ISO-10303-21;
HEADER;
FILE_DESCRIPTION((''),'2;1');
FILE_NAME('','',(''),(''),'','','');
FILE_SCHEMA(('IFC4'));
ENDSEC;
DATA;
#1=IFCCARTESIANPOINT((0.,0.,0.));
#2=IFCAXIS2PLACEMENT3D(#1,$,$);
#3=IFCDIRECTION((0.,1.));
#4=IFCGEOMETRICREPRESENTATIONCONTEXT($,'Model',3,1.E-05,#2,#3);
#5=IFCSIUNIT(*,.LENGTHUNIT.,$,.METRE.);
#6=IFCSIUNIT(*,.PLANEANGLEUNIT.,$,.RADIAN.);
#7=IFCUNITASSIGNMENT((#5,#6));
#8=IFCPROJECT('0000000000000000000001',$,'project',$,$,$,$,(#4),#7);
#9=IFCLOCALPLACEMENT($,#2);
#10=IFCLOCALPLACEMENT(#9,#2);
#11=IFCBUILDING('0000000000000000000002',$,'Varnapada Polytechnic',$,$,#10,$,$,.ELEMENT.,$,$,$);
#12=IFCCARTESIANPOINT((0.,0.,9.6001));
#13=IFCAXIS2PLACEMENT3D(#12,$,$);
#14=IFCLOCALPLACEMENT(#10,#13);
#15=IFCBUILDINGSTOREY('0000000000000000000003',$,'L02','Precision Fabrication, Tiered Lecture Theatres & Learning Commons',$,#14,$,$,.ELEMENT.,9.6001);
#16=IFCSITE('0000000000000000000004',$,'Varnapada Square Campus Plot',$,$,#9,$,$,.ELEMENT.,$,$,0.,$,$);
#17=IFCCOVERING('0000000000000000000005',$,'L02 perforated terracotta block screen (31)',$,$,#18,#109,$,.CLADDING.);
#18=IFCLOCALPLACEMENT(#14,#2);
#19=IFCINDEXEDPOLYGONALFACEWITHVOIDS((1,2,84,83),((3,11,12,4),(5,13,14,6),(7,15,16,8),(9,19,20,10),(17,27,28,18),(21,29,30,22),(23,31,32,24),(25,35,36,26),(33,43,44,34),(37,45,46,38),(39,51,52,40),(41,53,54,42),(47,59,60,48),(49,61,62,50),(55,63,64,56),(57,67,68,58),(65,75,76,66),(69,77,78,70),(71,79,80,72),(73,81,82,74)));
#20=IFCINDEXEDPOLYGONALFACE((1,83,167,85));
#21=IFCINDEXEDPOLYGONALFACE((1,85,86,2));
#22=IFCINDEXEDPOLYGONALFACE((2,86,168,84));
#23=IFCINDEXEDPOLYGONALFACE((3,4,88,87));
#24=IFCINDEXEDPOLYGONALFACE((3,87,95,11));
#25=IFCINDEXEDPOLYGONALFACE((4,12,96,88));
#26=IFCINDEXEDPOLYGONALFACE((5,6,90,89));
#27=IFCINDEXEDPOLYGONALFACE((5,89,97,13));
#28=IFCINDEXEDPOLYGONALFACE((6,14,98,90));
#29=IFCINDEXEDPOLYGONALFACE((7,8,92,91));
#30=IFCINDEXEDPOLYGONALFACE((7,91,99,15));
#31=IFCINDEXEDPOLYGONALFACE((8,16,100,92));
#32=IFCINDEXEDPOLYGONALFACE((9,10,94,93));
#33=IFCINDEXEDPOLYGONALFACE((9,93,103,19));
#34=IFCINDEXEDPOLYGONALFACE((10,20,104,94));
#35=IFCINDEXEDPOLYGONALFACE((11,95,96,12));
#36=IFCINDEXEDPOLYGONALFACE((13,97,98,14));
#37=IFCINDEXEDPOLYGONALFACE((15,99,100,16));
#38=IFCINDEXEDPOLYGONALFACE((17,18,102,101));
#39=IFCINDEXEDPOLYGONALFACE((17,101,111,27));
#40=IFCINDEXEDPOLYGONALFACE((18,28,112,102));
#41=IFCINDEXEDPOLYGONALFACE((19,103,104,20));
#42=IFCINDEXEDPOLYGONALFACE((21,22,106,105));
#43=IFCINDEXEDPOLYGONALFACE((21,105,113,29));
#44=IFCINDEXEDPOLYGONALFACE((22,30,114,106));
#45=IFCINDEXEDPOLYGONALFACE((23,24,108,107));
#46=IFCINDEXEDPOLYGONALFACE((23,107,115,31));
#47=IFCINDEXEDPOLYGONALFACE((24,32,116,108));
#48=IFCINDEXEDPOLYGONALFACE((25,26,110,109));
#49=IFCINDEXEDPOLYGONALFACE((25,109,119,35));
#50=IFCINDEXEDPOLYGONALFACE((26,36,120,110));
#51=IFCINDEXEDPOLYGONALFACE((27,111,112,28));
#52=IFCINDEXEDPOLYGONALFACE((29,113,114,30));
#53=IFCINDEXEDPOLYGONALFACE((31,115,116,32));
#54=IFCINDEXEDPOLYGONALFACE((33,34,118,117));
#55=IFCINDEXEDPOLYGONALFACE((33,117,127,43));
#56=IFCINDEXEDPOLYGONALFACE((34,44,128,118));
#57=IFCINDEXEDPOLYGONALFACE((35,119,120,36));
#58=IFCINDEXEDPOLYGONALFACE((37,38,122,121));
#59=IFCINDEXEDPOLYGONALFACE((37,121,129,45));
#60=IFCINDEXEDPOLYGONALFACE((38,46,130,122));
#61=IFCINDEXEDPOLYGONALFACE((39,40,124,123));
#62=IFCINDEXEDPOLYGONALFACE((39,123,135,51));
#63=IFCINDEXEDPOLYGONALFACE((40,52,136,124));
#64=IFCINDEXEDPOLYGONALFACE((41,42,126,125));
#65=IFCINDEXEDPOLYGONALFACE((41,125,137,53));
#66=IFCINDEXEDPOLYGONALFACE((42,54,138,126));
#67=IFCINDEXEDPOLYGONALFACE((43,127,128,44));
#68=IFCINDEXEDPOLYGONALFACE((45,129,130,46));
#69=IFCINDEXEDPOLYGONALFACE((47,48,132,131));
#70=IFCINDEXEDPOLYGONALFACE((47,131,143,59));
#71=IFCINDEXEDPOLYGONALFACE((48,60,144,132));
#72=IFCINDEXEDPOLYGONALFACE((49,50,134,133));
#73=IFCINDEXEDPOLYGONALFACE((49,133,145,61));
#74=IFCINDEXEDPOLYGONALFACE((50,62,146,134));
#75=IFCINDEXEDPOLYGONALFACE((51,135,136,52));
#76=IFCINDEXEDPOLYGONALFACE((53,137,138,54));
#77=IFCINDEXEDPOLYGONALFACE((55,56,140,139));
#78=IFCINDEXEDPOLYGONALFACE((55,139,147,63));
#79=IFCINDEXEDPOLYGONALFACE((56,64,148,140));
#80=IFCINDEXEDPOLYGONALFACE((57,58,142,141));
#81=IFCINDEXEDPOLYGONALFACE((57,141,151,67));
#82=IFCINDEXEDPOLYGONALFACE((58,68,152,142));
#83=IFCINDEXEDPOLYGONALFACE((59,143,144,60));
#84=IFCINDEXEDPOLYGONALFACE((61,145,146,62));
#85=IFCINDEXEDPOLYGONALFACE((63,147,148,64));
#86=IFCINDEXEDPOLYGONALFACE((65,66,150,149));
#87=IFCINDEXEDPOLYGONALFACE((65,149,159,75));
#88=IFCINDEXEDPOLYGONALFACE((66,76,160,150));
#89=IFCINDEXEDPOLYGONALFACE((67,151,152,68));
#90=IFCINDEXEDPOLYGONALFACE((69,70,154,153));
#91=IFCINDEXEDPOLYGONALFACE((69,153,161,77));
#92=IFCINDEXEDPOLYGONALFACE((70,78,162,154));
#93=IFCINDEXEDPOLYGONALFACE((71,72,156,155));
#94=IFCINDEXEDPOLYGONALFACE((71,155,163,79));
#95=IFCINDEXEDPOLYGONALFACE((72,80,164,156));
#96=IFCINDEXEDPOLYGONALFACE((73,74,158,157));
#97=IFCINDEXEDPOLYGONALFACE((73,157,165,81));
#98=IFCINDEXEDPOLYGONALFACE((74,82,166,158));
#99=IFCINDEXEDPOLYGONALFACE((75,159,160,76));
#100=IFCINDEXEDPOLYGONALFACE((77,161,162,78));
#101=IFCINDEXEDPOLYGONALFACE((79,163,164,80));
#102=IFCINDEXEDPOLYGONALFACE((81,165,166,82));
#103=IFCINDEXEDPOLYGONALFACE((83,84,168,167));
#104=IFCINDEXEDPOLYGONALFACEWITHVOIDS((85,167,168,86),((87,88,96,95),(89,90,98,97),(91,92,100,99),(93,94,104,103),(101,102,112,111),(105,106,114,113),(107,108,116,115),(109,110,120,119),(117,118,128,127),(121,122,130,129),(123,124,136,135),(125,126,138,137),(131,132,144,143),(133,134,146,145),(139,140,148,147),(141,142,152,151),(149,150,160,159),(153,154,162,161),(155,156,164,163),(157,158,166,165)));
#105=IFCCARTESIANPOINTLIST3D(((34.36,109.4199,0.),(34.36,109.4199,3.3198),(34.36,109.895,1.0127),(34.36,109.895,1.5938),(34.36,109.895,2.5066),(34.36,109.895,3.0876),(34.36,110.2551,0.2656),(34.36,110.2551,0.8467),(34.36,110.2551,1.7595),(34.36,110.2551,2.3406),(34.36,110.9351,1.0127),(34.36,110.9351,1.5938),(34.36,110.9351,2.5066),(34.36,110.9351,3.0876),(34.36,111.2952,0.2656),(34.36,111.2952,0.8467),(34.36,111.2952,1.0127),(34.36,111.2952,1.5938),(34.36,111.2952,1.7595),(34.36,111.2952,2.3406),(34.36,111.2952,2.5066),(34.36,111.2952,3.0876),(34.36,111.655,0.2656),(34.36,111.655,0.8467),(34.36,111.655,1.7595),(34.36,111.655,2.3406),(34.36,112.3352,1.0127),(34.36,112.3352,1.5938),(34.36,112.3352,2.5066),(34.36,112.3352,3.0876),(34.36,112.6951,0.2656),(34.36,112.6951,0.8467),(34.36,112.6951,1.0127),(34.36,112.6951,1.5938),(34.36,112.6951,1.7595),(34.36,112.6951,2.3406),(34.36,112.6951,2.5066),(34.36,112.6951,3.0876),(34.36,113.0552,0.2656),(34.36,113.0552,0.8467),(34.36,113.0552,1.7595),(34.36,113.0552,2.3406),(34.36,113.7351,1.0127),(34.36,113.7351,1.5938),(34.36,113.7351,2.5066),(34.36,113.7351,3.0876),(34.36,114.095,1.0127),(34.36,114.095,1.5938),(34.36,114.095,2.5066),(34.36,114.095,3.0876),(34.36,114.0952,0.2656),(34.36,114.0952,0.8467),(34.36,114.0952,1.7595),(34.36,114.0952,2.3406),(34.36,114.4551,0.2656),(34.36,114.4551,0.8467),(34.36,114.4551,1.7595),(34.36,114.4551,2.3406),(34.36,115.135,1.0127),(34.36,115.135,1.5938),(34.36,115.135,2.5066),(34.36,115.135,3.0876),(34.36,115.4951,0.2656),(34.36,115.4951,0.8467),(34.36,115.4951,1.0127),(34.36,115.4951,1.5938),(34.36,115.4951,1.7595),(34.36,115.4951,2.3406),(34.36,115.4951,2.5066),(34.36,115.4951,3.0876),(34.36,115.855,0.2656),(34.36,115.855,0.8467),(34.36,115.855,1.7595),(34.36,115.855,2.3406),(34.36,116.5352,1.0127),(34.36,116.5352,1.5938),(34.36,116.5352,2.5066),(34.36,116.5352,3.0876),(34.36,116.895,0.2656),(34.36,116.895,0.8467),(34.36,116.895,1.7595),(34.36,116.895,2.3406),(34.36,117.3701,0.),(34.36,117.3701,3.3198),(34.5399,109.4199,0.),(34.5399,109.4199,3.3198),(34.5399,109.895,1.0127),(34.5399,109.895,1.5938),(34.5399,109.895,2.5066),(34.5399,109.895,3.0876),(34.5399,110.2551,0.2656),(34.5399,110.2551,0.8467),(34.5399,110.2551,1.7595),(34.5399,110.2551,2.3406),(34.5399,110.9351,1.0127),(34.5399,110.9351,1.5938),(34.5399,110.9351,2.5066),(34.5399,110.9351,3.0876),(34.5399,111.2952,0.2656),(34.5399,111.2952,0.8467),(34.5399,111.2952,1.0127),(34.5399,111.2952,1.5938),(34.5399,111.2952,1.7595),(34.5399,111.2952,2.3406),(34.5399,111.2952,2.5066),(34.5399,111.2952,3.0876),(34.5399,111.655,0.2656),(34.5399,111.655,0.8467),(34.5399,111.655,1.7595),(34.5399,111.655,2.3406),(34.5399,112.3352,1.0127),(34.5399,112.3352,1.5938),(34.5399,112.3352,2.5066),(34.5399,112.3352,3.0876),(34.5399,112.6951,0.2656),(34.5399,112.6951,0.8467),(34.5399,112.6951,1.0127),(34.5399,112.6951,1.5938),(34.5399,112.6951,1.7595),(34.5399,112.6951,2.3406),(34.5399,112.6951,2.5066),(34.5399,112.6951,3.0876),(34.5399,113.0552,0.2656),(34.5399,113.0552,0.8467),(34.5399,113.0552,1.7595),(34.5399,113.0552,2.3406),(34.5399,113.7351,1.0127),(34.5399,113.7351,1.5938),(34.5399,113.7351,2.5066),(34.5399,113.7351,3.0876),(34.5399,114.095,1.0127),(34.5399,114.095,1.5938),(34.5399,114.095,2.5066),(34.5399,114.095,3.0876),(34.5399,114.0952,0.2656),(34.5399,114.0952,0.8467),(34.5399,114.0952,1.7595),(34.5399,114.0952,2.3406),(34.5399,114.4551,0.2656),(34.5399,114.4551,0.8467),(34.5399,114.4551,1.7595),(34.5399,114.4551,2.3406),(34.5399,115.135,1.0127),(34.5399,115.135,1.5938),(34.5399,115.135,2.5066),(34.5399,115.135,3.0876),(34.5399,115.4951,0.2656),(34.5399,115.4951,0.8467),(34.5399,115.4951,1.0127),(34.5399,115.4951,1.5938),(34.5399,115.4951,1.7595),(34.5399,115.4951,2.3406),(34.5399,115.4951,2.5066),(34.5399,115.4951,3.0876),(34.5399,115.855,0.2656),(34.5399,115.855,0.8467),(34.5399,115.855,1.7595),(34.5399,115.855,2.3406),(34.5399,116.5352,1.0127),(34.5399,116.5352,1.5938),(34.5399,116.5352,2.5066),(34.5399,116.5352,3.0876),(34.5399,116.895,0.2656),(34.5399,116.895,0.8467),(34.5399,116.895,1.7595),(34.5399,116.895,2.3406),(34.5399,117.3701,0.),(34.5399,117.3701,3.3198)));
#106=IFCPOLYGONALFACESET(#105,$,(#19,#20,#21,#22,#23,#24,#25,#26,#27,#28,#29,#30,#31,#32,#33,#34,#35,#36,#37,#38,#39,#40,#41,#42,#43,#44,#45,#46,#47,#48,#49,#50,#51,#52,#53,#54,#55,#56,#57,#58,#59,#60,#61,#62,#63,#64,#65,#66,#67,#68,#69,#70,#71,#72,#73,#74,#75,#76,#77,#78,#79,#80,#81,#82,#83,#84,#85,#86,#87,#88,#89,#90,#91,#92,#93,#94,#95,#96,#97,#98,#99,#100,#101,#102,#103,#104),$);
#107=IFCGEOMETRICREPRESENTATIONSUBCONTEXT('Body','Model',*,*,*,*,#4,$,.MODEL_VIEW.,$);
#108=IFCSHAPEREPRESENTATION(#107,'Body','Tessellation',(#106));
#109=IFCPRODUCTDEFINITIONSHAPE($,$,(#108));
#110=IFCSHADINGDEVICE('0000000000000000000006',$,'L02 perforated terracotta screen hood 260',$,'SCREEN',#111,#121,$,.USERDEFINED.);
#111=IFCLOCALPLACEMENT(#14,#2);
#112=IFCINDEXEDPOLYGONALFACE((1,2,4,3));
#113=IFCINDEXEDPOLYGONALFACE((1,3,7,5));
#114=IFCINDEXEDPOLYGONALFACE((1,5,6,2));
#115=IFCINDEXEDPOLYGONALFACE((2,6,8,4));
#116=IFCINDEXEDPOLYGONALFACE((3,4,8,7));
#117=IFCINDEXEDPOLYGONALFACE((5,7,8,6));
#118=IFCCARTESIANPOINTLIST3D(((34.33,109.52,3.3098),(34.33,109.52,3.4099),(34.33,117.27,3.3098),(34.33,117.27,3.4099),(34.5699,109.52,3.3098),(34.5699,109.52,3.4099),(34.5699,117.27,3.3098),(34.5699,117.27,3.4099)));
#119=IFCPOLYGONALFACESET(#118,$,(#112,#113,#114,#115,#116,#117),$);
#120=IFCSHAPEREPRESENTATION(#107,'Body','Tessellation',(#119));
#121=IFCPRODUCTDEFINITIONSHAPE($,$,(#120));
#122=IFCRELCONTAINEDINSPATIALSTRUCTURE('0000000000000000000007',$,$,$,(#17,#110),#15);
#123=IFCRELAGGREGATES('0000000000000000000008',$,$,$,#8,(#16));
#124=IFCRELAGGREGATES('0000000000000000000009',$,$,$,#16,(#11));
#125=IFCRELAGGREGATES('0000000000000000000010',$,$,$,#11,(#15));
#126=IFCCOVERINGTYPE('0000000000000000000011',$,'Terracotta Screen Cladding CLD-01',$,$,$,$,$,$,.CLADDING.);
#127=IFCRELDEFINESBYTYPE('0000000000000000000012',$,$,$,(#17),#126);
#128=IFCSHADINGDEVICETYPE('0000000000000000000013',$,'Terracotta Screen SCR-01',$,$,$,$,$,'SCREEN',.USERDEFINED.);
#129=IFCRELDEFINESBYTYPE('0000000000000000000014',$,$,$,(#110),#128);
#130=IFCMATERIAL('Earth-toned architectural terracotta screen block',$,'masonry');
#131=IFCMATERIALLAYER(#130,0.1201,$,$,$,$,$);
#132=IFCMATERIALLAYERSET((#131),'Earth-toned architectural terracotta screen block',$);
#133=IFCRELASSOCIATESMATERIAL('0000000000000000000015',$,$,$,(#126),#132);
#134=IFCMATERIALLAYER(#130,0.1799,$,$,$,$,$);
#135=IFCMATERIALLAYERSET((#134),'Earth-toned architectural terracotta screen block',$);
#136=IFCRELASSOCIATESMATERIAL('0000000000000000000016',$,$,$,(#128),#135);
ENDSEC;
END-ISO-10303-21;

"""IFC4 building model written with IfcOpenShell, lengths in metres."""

from ifc_helpers import new_model, si_unit, direction, frame, frame_2d, origin, origin_2d, place, context, subcontext, project, spatial, rectangle, extrude, material, layer, layer_set, type_object, element, save


model = new_model("IFC4")

# Units and contexts
model_context = context("Model", 3, precision=1e-05, world=origin(), true_north=direction((0.0, 1.0)))
body_context = subcontext(model_context, "Body", "Model", "MODEL_VIEW")
ifc_project = project(units=[si_unit("LENGTHUNIT", "METRE"), si_unit("PLANEANGLEUNIT", "RADIAN")], contexts=[model_context])

# Site, building, storey
site_placement = place(None, origin())
site = spatial("IfcSite", under=ifc_project, at=site_placement, Name="Varnapada Square Campus Plot", CompositionType="ELEMENT", RefElevation=0.0)
building_placement = place(site_placement, origin())
building = spatial("IfcBuilding", under=site, at=building_placement, Name="Varnapada Polytechnic", CompositionType="ELEMENT")
storey_placement = place(building_placement, frame((0.0, 0.0, 9.6001)))
storey = spatial("IfcBuildingStorey", under=building, at=storey_placement, Name="L02", Description="Precision Fabrication, Tiered Lecture Theatres & Learning Commons", CompositionType="ELEMENT", Elevation=9.6001)

# Covering, openings
ifc_material_1 = material(Name="Earth-toned architectural terracotta screen block", Category="masonry")
ifc_layer_1 = layer(ifc_material_1, 0.1201)
ifc_layer_set_1 = layer_set([ifc_layer_1], Name="Earth-toned architectural terracotta screen block")
covering_type = type_object("IfcCoveringType", Name="Terracotta Screen Cladding CLD-01", PredefinedType="CLADDING", material=ifc_layer_set_1)
covering_placement = place(storey_placement, frame((34.45, 117.3701, 0.0), z_axis=(0.0, 0.0, 1.0), x_axis=(0.0, -1.0, 0.0)))
covering = element("IfcCovering", 1, at=covering_placement, inside=storey, type_object=covering_type, Name="L02 perforated terracotta block screen (31)", PredefinedType="CLADDING", context=body_context, shape_type="SweptSolid", body=[
    extrude(rectangle(XDim=7.9502, YDim=0.1799, at=frame_2d((3.9751, 0.0))), origin(), (0.0, 0.0, 1.0), 3.3198),
])
opening_1_placement = place(covering_placement, frame((0.4751, 0.0, 0.2656)))
element("IfcOpeningElement", 2, at=opening_1_placement, cuts=covering, PredefinedType="OPENING", context=body_context, shape_type="SweptSolid", body=[
    extrude(rectangle(XDim=1.04, YDim=0.5811, at=frame_2d((0.52, 0.2905))), frame((0.0, 0.0999, 0.0), z_axis=(0.0, -1.0, 0.0), x_axis=(1.0, 0.0, 0.0)), (0.0, 0.0, 1.0), 0.2),
])
opening_2_placement = place(covering_placement, frame((1.875, 0.0, 0.2656)))
element("IfcOpeningElement", 3, at=opening_2_placement, cuts=covering, PredefinedType="OPENING", context=body_context, shape_type="SweptSolid", body=[
    extrude(rectangle(XDim=1.04, YDim=0.5811, at=frame_2d((0.52, 0.2905))), frame((0.0, 0.0999, 0.0), z_axis=(0.0, -1.0, 0.0), x_axis=(1.0, 0.0, 0.0)), (0.0, 0.0, 1.0), 0.2),
])
opening_3_placement = place(covering_placement, frame((3.2749, 0.0, 0.2656)))
element("IfcOpeningElement", 4, at=opening_3_placement, cuts=covering, PredefinedType="OPENING", context=body_context, shape_type="SweptSolid", body=[
    extrude(rectangle(XDim=1.04, YDim=0.5811, at=frame_2d((0.52, 0.2905))), frame((0.0, 0.0999, 0.0), z_axis=(0.0, -1.0, 0.0), x_axis=(1.0, 0.0, 0.0)), (0.0, 0.0, 1.0), 0.2),
])
opening_4_placement = place(covering_placement, frame((4.675, 0.0, 0.2656)))
element("IfcOpeningElement", 5, at=opening_4_placement, cuts=covering, PredefinedType="OPENING", context=body_context, shape_type="SweptSolid", body=[
    extrude(rectangle(XDim=1.04, YDim=0.5811, at=frame_2d((0.52, 0.2905))), frame((0.0, 0.0999, 0.0), z_axis=(0.0, -1.0, 0.0), x_axis=(1.0, 0.0, 0.0)), (0.0, 0.0, 1.0), 0.2),
])
opening_5_placement = place(covering_placement, frame((6.075, 0.0, 0.2656)))
element("IfcOpeningElement", 6, at=opening_5_placement, cuts=covering, PredefinedType="OPENING", context=body_context, shape_type="SweptSolid", body=[
    extrude(rectangle(XDim=1.04, YDim=0.5811, at=frame_2d((0.52, 0.2905))), frame((0.0, 0.0999, 0.0), z_axis=(0.0, -1.0, 0.0), x_axis=(1.0, 0.0, 0.0)), (0.0, 0.0, 1.0), 0.2),
])
opening_6_placement = place(covering_placement, frame((0.835, 0.0, 1.0127)))
element("IfcOpeningElement", 7, at=opening_6_placement, cuts=covering, PredefinedType="OPENING", context=body_context, shape_type="SweptSolid", body=[
    extrude(rectangle(XDim=1.04, YDim=0.5811, at=frame_2d((0.52, 0.2905))), frame((0.0, 0.0999, 0.0), z_axis=(0.0, -1.0, 0.0), x_axis=(1.0, 0.0, 0.0)), (0.0, 0.0, 1.0), 0.2),
])
opening_7_placement = place(covering_placement, frame((2.2351, 0.0, 1.0127)))
element("IfcOpeningElement", 8, at=opening_7_placement, cuts=covering, PredefinedType="OPENING", context=body_context, shape_type="SweptSolid", body=[
    extrude(rectangle(XDim=1.04, YDim=0.5811, at=frame_2d((0.52, 0.2905))), frame((0.0, 0.0999, 0.0), z_axis=(0.0, -1.0, 0.0), x_axis=(1.0, 0.0, 0.0)), (0.0, 0.0, 1.0), 0.2),
])
opening_8_placement = place(covering_placement, frame((3.635, 0.0, 1.0127)))
element("IfcOpeningElement", 9, at=opening_8_placement, cuts=covering, PredefinedType="OPENING", context=body_context, shape_type="SweptSolid", body=[
    extrude(rectangle(XDim=1.04, YDim=0.5811, at=frame_2d((0.52, 0.2905))), frame((0.0, 0.0999, 0.0), z_axis=(0.0, -1.0, 0.0), x_axis=(1.0, 0.0, 0.0)), (0.0, 0.0, 1.0), 0.2),
])
opening_9_placement = place(covering_placement, frame((5.0349, 0.0, 1.0127)))
element("IfcOpeningElement", 10, at=opening_9_placement, cuts=covering, PredefinedType="OPENING", context=body_context, shape_type="SweptSolid", body=[
    extrude(rectangle(XDim=1.04, YDim=0.5811, at=frame_2d((0.52, 0.2905))), frame((0.0, 0.0999, 0.0), z_axis=(0.0, -1.0, 0.0), x_axis=(1.0, 0.0, 0.0)), (0.0, 0.0, 1.0), 0.2),
])
opening_10_placement = place(covering_placement, frame((6.4351, 0.0, 1.0127)))
element("IfcOpeningElement", 11, at=opening_10_placement, cuts=covering, PredefinedType="OPENING", context=body_context, shape_type="SweptSolid", body=[
    extrude(rectangle(XDim=1.04, YDim=0.5811, at=frame_2d((0.52, 0.2905))), frame((0.0, 0.0999, 0.0), z_axis=(0.0, -1.0, 0.0), x_axis=(1.0, 0.0, 0.0)), (0.0, 0.0, 1.0), 0.2),
])
opening_11_placement = place(covering_placement, frame((0.4751, 0.0, 1.7595)))
element("IfcOpeningElement", 12, at=opening_11_placement, cuts=covering, PredefinedType="OPENING", context=body_context, shape_type="SweptSolid", body=[
    extrude(rectangle(XDim=1.04, YDim=0.5811, at=frame_2d((0.52, 0.2905))), frame((0.0, 0.0999, 0.0), z_axis=(0.0, -1.0, 0.0), x_axis=(1.0, 0.0, 0.0)), (0.0, 0.0, 1.0), 0.2),
])
opening_12_placement = place(covering_placement, frame((1.875, 0.0, 1.7595)))
element("IfcOpeningElement", 13, at=opening_12_placement, cuts=covering, PredefinedType="OPENING", context=body_context, shape_type="SweptSolid", body=[
    extrude(rectangle(XDim=1.04, YDim=0.5811, at=frame_2d((0.52, 0.2905))), frame((0.0, 0.0999, 0.0), z_axis=(0.0, -1.0, 0.0), x_axis=(1.0, 0.0, 0.0)), (0.0, 0.0, 1.0), 0.2),
])
opening_13_placement = place(covering_placement, frame((3.2749, 0.0, 1.7595)))
element("IfcOpeningElement", 14, at=opening_13_placement, cuts=covering, PredefinedType="OPENING", context=body_context, shape_type="SweptSolid", body=[
    extrude(rectangle(XDim=1.04, YDim=0.5811, at=frame_2d((0.52, 0.2905))), frame((0.0, 0.0999, 0.0), z_axis=(0.0, -1.0, 0.0), x_axis=(1.0, 0.0, 0.0)), (0.0, 0.0, 1.0), 0.2),
])
opening_14_placement = place(covering_placement, frame((4.675, 0.0, 1.7595)))
element("IfcOpeningElement", 15, at=opening_14_placement, cuts=covering, PredefinedType="OPENING", context=body_context, shape_type="SweptSolid", body=[
    extrude(rectangle(XDim=1.04, YDim=0.5811, at=frame_2d((0.52, 0.2905))), frame((0.0, 0.0999, 0.0), z_axis=(0.0, -1.0, 0.0), x_axis=(1.0, 0.0, 0.0)), (0.0, 0.0, 1.0), 0.2),
])
opening_15_placement = place(covering_placement, frame((6.075, 0.0, 1.7595)))
element("IfcOpeningElement", 16, at=opening_15_placement, cuts=covering, PredefinedType="OPENING", context=body_context, shape_type="SweptSolid", body=[
    extrude(rectangle(XDim=1.04, YDim=0.5811, at=frame_2d((0.52, 0.2905))), frame((0.0, 0.0999, 0.0), z_axis=(0.0, -1.0, 0.0), x_axis=(1.0, 0.0, 0.0)), (0.0, 0.0, 1.0), 0.2),
])
opening_16_placement = place(covering_placement, frame((0.835, 0.0, 2.5066)))
element("IfcOpeningElement", 17, at=opening_16_placement, cuts=covering, PredefinedType="OPENING", context=body_context, shape_type="SweptSolid", body=[
    extrude(rectangle(XDim=1.04, YDim=0.5811, at=frame_2d((0.52, 0.2905))), frame((0.0, 0.0999, 0.0), z_axis=(0.0, -1.0, 0.0), x_axis=(1.0, 0.0, 0.0)), (0.0, 0.0, 1.0), 0.2),
])
opening_17_placement = place(covering_placement, frame((2.2351, 0.0, 2.5066)))
element("IfcOpeningElement", 18, at=opening_17_placement, cuts=covering, PredefinedType="OPENING", context=body_context, shape_type="SweptSolid", body=[
    extrude(rectangle(XDim=1.04, YDim=0.5811, at=frame_2d((0.52, 0.2905))), frame((0.0, 0.0999, 0.0), z_axis=(0.0, -1.0, 0.0), x_axis=(1.0, 0.0, 0.0)), (0.0, 0.0, 1.0), 0.2),
])
opening_18_placement = place(covering_placement, frame((3.635, 0.0, 2.5066)))
element("IfcOpeningElement", 19, at=opening_18_placement, cuts=covering, PredefinedType="OPENING", context=body_context, shape_type="SweptSolid", body=[
    extrude(rectangle(XDim=1.04, YDim=0.5811, at=frame_2d((0.52, 0.2905))), frame((0.0, 0.0999, 0.0), z_axis=(0.0, -1.0, 0.0), x_axis=(1.0, 0.0, 0.0)), (0.0, 0.0, 1.0), 0.2),
])
opening_19_placement = place(covering_placement, frame((5.0349, 0.0, 2.5066)))
element("IfcOpeningElement", 20, at=opening_19_placement, cuts=covering, PredefinedType="OPENING", context=body_context, shape_type="SweptSolid", body=[
    extrude(rectangle(XDim=1.04, YDim=0.5811, at=frame_2d((0.52, 0.2905))), frame((0.0, 0.0999, 0.0), z_axis=(0.0, -1.0, 0.0), x_axis=(1.0, 0.0, 0.0)), (0.0, 0.0, 1.0), 0.2),
])
opening_20_placement = place(covering_placement, frame((6.4351, 0.0, 2.5066)))
element("IfcOpeningElement", 21, at=opening_20_placement, cuts=covering, PredefinedType="OPENING", context=body_context, shape_type="SweptSolid", body=[
    extrude(rectangle(XDim=1.04, YDim=0.5811, at=frame_2d((0.52, 0.2905))), frame((0.0, 0.0999, 0.0), z_axis=(0.0, -1.0, 0.0), x_axis=(1.0, 0.0, 0.0)), (0.0, 0.0, 1.0), 0.2),
])

# Shading device
ifc_layer_2 = layer(ifc_material_1, 0.1799)
ifc_layer_set_2 = layer_set([ifc_layer_2], Name="Earth-toned architectural terracotta screen block")
shading_device_type = type_object("IfcShadingDeviceType", Name="Terracotta Screen SCR-01", ElementType="SCREEN", PredefinedType="USERDEFINED", material=ifc_layer_set_2)
shading_device_placement = place(storey_placement, frame((34.45, 113.395, 3.3098), z_axis=(0.0, 0.0, 1.0), x_axis=(0.0, -1.0, 0.0)))
element("IfcShadingDevice", 22, at=shading_device_placement, inside=storey, type_object=shading_device_type, Name="L02 perforated terracotta screen hood 260", ObjectType="SCREEN", PredefinedType="USERDEFINED", context=body_context, shape_type="SweptSolid", body=[
    extrude(rectangle(XDim=7.75, YDim=0.24, at=origin_2d()), origin(), (0.0, 0.0, 1.0), 0.1001),
])

save(model, "model.ifc")
